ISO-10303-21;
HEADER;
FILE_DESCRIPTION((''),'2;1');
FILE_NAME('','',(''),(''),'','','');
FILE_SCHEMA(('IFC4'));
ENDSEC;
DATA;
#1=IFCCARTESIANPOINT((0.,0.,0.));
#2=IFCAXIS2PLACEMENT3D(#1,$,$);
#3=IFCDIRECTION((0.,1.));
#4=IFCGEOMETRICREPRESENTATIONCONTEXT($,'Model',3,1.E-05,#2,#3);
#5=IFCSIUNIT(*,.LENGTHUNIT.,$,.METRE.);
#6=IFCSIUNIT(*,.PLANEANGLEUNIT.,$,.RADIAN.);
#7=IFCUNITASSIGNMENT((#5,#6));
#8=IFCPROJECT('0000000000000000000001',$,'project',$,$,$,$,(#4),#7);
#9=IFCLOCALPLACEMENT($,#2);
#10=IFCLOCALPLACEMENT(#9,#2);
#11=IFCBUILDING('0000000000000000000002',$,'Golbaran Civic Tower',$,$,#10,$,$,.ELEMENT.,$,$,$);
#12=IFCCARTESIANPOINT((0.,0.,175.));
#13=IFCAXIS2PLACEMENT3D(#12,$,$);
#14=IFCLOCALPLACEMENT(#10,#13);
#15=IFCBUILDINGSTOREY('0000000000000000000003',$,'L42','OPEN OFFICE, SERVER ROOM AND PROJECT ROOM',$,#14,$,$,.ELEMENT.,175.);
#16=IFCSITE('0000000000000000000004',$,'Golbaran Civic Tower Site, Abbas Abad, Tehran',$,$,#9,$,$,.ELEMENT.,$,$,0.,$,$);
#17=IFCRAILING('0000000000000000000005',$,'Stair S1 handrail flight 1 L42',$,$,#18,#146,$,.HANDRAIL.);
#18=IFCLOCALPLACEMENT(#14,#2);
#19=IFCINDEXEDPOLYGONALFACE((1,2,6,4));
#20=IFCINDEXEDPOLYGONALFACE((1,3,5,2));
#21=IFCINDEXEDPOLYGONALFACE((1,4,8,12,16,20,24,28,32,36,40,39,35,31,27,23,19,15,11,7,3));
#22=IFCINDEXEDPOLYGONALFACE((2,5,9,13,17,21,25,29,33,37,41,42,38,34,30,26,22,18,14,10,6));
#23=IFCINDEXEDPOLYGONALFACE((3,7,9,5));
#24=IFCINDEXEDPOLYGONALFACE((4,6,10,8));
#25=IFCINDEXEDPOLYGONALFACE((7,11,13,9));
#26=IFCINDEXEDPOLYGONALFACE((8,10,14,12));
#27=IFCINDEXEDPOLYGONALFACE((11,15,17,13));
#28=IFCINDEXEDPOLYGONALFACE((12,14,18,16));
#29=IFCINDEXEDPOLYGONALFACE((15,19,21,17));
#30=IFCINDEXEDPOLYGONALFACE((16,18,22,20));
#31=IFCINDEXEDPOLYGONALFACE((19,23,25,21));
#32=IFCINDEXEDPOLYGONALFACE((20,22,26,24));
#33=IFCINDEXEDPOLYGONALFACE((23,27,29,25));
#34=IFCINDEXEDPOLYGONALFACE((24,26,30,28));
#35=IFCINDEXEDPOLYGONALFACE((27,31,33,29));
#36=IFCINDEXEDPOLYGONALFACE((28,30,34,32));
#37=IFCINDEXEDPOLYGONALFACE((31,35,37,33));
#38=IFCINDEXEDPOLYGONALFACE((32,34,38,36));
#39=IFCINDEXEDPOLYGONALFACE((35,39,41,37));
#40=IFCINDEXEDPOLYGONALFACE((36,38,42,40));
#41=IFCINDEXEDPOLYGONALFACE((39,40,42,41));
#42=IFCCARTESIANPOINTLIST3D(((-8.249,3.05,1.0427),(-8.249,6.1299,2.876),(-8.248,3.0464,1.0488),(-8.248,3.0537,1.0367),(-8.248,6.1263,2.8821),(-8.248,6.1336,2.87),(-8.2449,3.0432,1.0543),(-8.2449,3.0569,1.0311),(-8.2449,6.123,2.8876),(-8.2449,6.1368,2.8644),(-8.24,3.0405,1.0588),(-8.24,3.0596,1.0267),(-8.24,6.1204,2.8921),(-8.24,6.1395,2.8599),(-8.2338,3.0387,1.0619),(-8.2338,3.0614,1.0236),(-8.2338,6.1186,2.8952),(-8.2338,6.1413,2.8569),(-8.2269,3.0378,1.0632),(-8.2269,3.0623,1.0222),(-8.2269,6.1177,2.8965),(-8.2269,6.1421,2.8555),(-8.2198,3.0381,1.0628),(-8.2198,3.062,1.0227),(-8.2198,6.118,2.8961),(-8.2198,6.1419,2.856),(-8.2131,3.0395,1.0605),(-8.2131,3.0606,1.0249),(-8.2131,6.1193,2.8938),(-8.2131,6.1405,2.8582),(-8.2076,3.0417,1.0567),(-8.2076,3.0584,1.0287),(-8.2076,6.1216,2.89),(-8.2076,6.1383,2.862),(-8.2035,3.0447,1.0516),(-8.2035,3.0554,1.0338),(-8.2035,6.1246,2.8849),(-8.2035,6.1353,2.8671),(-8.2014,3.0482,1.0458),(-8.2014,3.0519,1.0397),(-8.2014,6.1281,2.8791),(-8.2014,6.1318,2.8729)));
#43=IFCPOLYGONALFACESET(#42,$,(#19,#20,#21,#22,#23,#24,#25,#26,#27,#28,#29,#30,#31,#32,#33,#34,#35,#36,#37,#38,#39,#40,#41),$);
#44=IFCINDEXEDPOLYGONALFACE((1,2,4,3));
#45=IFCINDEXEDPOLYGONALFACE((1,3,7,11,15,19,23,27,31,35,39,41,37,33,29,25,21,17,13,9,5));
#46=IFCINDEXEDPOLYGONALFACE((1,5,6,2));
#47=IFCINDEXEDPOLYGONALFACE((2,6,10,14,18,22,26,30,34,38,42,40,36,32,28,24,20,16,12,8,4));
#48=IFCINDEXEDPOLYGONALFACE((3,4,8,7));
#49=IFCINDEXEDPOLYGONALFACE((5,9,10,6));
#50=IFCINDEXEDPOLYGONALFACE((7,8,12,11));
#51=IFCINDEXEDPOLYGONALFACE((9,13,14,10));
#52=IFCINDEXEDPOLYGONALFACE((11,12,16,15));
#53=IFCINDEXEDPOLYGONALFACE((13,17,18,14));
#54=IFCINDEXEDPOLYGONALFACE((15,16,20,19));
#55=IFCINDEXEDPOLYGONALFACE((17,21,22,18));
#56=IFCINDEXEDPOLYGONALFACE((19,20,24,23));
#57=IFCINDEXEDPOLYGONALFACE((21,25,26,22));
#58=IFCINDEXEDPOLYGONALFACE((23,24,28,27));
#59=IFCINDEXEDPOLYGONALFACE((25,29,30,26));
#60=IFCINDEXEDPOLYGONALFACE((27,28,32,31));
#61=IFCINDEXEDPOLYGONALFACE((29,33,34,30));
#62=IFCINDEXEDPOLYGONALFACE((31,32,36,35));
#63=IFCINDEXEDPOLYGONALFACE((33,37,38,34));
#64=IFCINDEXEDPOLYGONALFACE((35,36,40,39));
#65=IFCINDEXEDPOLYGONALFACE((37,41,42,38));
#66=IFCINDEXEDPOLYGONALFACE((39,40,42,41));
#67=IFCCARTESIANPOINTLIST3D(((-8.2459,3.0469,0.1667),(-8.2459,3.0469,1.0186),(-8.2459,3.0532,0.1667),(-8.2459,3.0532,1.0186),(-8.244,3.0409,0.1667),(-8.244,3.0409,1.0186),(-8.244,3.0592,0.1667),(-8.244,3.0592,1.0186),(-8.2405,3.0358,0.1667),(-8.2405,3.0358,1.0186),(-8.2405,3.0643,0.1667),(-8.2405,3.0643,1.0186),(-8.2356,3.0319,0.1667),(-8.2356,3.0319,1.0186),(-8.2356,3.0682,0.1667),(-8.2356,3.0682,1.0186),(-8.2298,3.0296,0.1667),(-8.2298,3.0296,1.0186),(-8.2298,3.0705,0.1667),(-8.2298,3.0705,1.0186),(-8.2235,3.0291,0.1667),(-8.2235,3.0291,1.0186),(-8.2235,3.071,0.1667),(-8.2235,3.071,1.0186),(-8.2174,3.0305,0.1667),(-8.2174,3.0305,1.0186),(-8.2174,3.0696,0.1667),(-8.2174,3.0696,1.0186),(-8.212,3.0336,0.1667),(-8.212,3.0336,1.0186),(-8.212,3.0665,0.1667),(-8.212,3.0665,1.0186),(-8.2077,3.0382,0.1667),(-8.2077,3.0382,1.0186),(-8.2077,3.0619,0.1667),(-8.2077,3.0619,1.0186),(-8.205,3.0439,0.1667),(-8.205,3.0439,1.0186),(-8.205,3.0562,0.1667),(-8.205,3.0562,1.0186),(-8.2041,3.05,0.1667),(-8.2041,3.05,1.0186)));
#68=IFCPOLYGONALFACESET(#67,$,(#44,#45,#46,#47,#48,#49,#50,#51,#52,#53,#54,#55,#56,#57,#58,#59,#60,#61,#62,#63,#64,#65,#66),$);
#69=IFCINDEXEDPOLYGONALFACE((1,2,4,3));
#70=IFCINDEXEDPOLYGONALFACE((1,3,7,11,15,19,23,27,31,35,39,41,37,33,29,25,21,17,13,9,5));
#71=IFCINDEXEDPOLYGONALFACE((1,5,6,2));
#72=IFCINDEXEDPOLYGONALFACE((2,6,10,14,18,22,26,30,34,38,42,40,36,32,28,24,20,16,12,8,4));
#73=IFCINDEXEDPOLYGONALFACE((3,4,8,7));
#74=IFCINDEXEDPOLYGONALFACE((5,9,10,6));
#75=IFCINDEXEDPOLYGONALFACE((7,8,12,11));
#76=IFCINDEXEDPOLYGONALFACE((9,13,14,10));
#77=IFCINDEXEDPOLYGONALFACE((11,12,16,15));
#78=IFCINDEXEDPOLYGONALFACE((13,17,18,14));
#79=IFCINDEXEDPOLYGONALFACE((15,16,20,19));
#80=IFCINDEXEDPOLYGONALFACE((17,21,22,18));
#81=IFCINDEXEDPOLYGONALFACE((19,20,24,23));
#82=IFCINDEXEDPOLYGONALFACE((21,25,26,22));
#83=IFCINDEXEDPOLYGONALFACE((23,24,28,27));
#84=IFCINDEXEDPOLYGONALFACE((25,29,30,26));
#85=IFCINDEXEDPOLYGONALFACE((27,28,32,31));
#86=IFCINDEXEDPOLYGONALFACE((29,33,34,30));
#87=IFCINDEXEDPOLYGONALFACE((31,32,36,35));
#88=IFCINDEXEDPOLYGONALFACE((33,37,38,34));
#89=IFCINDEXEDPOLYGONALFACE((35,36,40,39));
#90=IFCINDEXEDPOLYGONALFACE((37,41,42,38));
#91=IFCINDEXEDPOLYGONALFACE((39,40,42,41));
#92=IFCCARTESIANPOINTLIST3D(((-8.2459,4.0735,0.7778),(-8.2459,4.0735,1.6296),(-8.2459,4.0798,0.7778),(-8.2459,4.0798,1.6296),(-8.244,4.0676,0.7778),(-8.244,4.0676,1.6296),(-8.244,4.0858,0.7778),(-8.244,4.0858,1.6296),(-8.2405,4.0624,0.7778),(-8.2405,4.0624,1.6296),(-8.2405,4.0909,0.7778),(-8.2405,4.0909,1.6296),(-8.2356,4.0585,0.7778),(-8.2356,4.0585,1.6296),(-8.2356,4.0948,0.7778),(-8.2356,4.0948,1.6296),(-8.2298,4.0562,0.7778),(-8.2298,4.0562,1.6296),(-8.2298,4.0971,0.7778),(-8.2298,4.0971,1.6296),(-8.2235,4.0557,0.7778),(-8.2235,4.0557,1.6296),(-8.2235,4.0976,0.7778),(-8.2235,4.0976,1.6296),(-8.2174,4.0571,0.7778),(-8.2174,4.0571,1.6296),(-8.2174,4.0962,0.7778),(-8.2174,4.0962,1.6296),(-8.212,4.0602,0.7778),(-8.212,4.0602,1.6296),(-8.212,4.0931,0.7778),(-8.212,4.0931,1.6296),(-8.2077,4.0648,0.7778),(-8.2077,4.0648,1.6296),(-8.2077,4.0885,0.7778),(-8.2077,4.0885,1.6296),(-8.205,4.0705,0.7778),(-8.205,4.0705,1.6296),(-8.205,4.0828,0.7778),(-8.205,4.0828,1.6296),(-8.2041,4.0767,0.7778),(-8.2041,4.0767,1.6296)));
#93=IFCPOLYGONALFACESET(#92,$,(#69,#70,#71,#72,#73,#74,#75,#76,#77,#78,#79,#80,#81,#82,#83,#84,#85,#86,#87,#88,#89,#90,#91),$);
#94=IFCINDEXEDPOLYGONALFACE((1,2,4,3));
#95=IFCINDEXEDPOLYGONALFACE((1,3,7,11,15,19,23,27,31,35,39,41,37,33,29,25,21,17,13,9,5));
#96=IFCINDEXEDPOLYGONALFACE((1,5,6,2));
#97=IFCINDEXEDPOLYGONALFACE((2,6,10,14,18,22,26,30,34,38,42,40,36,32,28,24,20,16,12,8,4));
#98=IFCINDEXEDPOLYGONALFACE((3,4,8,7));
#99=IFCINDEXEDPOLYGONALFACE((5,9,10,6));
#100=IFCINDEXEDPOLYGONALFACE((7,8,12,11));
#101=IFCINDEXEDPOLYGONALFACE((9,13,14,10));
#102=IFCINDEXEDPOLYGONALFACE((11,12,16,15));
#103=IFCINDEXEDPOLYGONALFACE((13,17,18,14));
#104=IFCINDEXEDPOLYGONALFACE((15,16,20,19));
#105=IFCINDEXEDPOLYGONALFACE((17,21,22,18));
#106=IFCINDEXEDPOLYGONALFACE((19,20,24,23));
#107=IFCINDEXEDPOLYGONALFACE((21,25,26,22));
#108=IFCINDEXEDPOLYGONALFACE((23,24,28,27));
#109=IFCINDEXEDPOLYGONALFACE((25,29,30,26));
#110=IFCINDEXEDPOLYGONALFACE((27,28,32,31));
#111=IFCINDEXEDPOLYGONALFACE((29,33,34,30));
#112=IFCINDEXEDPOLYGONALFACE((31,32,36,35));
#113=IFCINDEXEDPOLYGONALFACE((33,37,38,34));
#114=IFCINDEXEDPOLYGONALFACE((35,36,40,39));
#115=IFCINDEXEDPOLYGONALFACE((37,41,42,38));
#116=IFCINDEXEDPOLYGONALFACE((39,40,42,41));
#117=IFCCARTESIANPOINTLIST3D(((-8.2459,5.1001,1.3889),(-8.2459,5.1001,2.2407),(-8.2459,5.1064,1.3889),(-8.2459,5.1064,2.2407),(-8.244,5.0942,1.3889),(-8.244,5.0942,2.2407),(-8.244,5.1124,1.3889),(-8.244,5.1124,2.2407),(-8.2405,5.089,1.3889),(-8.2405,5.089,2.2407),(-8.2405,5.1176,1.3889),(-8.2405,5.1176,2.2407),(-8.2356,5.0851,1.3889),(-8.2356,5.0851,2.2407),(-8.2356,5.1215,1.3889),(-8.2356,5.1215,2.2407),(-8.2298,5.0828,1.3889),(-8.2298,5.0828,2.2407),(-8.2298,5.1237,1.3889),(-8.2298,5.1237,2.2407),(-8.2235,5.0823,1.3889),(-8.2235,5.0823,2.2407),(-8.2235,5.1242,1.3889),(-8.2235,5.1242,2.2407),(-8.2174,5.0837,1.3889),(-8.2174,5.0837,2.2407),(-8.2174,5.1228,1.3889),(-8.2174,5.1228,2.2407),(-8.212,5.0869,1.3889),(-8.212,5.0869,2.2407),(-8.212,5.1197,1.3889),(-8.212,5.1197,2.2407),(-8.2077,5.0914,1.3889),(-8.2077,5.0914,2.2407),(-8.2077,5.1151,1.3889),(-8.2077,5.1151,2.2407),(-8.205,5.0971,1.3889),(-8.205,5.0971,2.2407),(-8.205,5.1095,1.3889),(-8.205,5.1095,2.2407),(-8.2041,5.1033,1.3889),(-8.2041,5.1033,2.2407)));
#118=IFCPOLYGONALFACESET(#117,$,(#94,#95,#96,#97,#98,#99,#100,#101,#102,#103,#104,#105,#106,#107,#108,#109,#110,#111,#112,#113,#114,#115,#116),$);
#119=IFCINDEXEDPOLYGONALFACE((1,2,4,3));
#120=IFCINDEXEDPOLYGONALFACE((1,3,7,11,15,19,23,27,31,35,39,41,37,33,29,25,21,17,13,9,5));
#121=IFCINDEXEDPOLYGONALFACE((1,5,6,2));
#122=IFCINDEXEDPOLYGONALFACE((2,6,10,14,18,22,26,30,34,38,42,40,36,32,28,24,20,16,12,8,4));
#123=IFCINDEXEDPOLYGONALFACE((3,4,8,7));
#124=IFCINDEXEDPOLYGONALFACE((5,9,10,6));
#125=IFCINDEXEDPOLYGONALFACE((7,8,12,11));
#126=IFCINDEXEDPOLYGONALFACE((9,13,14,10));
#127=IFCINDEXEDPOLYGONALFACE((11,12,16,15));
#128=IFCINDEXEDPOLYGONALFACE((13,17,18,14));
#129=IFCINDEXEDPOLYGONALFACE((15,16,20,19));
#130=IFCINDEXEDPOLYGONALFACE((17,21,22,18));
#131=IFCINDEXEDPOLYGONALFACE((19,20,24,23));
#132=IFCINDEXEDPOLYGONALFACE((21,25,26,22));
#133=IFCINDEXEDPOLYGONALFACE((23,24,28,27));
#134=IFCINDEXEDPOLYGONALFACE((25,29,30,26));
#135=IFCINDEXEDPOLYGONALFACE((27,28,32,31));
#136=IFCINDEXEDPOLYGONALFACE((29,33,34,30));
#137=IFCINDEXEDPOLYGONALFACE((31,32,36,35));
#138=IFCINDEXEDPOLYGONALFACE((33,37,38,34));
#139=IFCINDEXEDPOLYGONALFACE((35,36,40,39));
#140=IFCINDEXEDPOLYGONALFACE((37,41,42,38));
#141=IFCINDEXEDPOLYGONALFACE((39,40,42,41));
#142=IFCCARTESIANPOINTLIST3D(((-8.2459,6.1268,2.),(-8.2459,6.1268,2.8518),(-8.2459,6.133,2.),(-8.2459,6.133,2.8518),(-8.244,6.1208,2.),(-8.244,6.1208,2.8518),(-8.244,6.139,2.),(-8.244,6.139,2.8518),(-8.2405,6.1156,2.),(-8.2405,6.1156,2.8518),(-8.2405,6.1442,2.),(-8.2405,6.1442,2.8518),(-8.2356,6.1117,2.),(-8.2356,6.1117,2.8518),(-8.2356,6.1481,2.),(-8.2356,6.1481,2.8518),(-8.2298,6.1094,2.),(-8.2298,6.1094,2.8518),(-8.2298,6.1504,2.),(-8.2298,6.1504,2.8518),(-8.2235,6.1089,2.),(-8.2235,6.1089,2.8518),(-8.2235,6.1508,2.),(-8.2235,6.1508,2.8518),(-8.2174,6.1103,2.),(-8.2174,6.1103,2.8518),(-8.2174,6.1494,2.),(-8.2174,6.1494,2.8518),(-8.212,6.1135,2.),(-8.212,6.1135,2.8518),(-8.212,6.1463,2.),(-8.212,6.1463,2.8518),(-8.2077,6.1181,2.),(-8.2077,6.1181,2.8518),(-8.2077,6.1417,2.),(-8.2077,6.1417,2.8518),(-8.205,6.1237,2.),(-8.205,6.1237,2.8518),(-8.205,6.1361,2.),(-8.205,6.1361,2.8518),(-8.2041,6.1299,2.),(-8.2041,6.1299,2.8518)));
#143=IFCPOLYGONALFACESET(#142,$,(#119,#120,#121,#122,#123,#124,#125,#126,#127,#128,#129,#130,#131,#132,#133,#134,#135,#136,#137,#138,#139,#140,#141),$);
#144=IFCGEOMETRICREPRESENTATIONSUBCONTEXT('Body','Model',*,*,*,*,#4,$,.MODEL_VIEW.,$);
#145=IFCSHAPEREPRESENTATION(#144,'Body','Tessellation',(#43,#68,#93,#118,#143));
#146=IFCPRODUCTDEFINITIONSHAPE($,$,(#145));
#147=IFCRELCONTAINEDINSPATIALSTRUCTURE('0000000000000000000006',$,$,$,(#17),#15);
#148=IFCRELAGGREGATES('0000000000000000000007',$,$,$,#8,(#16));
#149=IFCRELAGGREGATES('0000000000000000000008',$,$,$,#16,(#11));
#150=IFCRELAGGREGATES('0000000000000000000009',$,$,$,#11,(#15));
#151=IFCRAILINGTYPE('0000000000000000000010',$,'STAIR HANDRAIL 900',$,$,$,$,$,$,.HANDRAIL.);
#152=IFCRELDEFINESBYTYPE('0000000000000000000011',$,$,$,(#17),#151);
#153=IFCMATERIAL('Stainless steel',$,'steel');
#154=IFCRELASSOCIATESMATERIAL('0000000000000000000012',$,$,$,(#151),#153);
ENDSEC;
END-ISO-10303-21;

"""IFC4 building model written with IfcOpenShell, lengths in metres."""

from ifc_helpers import new_model, si_unit, direction, frame, origin, origin_2d, place, context, subcontext, project, spatial, circle, extrude, material, type_object, element, save


model = new_model("IFC4")

# Units and contexts
model_context = context("Model", 3, precision=1e-05, world=origin(), true_north=direction((0.0, 1.0)))
body_context = subcontext(model_context, "Body", "Model", "MODEL_VIEW")
ifc_project = project(units=[si_unit("LENGTHUNIT", "METRE"), si_unit("PLANEANGLEUNIT", "RADIAN")], contexts=[model_context])

# Site, building, storey
site_placement = place(None, origin())
site = spatial("IfcSite", under=ifc_project, at=site_placement, Name="Golbaran Civic Tower Site, Abbas Abad, Tehran", CompositionType="ELEMENT", RefElevation=0.0)
building_placement = place(site_placement, origin())
building = spatial("IfcBuilding", under=site, at=building_placement, Name="Golbaran Civic Tower", CompositionType="ELEMENT")
storey_placement = place(building_placement, frame((0.0, 0.0, 175.0)))
storey = spatial("IfcBuildingStorey", under=building, at=storey_placement, Name="L42", Description="OPEN OFFICE, SERVER ROOM AND PROJECT ROOM", CompositionType="ELEMENT", Elevation=175.0)

# Shared definitions
ifc_material_1 = material(Name="Stainless steel", Category="steel")

# Railing
railing_type_1 = type_object("IfcRailingType", Name="STAIR HANDRAIL 900", PredefinedType="HANDRAIL", material=ifc_material_1)
railing_1_placement = place(storey_placement, frame((-8.2251, 3.05, 0.1667)))
element("IfcRailing", 1, at=railing_1_placement, inside=storey, type_object=railing_type_1, Name="Stair S1 handrail flight 1 L42", PredefinedType="HANDRAIL", context=body_context, shape_type="SweptSolid", body=[
    extrude(circle(Radius=0.0239, at=origin_2d()), frame((0.0, 0.0, 0.876), z_axis=(0.0, 0.859291, 0.511487), x_axis=(-1.0, 0.0, 0.0)), (0.0, 0.0, 1.0), 3.5842),
    extrude(circle(Radius=0.021, at=origin_2d()), origin(), (0.0, 0.0, 1.0), 0.8518),
    extrude(circle(Radius=0.021, at=origin_2d()), frame((0.0, 1.0266, 0.6111)), (0.0, 0.0, 1.0), 0.8518),
    extrude(circle(Radius=0.021, at=origin_2d()), frame((0.0, 2.0532, 1.2222)), (0.0, 0.0, 1.0), 0.8518),
    extrude(circle(Radius=0.021, at=origin_2d()), frame((0.0, 3.0798, 1.8333)), (0.0, 0.0, 1.0), 0.8518),
])

save(model, "model.ifc")
